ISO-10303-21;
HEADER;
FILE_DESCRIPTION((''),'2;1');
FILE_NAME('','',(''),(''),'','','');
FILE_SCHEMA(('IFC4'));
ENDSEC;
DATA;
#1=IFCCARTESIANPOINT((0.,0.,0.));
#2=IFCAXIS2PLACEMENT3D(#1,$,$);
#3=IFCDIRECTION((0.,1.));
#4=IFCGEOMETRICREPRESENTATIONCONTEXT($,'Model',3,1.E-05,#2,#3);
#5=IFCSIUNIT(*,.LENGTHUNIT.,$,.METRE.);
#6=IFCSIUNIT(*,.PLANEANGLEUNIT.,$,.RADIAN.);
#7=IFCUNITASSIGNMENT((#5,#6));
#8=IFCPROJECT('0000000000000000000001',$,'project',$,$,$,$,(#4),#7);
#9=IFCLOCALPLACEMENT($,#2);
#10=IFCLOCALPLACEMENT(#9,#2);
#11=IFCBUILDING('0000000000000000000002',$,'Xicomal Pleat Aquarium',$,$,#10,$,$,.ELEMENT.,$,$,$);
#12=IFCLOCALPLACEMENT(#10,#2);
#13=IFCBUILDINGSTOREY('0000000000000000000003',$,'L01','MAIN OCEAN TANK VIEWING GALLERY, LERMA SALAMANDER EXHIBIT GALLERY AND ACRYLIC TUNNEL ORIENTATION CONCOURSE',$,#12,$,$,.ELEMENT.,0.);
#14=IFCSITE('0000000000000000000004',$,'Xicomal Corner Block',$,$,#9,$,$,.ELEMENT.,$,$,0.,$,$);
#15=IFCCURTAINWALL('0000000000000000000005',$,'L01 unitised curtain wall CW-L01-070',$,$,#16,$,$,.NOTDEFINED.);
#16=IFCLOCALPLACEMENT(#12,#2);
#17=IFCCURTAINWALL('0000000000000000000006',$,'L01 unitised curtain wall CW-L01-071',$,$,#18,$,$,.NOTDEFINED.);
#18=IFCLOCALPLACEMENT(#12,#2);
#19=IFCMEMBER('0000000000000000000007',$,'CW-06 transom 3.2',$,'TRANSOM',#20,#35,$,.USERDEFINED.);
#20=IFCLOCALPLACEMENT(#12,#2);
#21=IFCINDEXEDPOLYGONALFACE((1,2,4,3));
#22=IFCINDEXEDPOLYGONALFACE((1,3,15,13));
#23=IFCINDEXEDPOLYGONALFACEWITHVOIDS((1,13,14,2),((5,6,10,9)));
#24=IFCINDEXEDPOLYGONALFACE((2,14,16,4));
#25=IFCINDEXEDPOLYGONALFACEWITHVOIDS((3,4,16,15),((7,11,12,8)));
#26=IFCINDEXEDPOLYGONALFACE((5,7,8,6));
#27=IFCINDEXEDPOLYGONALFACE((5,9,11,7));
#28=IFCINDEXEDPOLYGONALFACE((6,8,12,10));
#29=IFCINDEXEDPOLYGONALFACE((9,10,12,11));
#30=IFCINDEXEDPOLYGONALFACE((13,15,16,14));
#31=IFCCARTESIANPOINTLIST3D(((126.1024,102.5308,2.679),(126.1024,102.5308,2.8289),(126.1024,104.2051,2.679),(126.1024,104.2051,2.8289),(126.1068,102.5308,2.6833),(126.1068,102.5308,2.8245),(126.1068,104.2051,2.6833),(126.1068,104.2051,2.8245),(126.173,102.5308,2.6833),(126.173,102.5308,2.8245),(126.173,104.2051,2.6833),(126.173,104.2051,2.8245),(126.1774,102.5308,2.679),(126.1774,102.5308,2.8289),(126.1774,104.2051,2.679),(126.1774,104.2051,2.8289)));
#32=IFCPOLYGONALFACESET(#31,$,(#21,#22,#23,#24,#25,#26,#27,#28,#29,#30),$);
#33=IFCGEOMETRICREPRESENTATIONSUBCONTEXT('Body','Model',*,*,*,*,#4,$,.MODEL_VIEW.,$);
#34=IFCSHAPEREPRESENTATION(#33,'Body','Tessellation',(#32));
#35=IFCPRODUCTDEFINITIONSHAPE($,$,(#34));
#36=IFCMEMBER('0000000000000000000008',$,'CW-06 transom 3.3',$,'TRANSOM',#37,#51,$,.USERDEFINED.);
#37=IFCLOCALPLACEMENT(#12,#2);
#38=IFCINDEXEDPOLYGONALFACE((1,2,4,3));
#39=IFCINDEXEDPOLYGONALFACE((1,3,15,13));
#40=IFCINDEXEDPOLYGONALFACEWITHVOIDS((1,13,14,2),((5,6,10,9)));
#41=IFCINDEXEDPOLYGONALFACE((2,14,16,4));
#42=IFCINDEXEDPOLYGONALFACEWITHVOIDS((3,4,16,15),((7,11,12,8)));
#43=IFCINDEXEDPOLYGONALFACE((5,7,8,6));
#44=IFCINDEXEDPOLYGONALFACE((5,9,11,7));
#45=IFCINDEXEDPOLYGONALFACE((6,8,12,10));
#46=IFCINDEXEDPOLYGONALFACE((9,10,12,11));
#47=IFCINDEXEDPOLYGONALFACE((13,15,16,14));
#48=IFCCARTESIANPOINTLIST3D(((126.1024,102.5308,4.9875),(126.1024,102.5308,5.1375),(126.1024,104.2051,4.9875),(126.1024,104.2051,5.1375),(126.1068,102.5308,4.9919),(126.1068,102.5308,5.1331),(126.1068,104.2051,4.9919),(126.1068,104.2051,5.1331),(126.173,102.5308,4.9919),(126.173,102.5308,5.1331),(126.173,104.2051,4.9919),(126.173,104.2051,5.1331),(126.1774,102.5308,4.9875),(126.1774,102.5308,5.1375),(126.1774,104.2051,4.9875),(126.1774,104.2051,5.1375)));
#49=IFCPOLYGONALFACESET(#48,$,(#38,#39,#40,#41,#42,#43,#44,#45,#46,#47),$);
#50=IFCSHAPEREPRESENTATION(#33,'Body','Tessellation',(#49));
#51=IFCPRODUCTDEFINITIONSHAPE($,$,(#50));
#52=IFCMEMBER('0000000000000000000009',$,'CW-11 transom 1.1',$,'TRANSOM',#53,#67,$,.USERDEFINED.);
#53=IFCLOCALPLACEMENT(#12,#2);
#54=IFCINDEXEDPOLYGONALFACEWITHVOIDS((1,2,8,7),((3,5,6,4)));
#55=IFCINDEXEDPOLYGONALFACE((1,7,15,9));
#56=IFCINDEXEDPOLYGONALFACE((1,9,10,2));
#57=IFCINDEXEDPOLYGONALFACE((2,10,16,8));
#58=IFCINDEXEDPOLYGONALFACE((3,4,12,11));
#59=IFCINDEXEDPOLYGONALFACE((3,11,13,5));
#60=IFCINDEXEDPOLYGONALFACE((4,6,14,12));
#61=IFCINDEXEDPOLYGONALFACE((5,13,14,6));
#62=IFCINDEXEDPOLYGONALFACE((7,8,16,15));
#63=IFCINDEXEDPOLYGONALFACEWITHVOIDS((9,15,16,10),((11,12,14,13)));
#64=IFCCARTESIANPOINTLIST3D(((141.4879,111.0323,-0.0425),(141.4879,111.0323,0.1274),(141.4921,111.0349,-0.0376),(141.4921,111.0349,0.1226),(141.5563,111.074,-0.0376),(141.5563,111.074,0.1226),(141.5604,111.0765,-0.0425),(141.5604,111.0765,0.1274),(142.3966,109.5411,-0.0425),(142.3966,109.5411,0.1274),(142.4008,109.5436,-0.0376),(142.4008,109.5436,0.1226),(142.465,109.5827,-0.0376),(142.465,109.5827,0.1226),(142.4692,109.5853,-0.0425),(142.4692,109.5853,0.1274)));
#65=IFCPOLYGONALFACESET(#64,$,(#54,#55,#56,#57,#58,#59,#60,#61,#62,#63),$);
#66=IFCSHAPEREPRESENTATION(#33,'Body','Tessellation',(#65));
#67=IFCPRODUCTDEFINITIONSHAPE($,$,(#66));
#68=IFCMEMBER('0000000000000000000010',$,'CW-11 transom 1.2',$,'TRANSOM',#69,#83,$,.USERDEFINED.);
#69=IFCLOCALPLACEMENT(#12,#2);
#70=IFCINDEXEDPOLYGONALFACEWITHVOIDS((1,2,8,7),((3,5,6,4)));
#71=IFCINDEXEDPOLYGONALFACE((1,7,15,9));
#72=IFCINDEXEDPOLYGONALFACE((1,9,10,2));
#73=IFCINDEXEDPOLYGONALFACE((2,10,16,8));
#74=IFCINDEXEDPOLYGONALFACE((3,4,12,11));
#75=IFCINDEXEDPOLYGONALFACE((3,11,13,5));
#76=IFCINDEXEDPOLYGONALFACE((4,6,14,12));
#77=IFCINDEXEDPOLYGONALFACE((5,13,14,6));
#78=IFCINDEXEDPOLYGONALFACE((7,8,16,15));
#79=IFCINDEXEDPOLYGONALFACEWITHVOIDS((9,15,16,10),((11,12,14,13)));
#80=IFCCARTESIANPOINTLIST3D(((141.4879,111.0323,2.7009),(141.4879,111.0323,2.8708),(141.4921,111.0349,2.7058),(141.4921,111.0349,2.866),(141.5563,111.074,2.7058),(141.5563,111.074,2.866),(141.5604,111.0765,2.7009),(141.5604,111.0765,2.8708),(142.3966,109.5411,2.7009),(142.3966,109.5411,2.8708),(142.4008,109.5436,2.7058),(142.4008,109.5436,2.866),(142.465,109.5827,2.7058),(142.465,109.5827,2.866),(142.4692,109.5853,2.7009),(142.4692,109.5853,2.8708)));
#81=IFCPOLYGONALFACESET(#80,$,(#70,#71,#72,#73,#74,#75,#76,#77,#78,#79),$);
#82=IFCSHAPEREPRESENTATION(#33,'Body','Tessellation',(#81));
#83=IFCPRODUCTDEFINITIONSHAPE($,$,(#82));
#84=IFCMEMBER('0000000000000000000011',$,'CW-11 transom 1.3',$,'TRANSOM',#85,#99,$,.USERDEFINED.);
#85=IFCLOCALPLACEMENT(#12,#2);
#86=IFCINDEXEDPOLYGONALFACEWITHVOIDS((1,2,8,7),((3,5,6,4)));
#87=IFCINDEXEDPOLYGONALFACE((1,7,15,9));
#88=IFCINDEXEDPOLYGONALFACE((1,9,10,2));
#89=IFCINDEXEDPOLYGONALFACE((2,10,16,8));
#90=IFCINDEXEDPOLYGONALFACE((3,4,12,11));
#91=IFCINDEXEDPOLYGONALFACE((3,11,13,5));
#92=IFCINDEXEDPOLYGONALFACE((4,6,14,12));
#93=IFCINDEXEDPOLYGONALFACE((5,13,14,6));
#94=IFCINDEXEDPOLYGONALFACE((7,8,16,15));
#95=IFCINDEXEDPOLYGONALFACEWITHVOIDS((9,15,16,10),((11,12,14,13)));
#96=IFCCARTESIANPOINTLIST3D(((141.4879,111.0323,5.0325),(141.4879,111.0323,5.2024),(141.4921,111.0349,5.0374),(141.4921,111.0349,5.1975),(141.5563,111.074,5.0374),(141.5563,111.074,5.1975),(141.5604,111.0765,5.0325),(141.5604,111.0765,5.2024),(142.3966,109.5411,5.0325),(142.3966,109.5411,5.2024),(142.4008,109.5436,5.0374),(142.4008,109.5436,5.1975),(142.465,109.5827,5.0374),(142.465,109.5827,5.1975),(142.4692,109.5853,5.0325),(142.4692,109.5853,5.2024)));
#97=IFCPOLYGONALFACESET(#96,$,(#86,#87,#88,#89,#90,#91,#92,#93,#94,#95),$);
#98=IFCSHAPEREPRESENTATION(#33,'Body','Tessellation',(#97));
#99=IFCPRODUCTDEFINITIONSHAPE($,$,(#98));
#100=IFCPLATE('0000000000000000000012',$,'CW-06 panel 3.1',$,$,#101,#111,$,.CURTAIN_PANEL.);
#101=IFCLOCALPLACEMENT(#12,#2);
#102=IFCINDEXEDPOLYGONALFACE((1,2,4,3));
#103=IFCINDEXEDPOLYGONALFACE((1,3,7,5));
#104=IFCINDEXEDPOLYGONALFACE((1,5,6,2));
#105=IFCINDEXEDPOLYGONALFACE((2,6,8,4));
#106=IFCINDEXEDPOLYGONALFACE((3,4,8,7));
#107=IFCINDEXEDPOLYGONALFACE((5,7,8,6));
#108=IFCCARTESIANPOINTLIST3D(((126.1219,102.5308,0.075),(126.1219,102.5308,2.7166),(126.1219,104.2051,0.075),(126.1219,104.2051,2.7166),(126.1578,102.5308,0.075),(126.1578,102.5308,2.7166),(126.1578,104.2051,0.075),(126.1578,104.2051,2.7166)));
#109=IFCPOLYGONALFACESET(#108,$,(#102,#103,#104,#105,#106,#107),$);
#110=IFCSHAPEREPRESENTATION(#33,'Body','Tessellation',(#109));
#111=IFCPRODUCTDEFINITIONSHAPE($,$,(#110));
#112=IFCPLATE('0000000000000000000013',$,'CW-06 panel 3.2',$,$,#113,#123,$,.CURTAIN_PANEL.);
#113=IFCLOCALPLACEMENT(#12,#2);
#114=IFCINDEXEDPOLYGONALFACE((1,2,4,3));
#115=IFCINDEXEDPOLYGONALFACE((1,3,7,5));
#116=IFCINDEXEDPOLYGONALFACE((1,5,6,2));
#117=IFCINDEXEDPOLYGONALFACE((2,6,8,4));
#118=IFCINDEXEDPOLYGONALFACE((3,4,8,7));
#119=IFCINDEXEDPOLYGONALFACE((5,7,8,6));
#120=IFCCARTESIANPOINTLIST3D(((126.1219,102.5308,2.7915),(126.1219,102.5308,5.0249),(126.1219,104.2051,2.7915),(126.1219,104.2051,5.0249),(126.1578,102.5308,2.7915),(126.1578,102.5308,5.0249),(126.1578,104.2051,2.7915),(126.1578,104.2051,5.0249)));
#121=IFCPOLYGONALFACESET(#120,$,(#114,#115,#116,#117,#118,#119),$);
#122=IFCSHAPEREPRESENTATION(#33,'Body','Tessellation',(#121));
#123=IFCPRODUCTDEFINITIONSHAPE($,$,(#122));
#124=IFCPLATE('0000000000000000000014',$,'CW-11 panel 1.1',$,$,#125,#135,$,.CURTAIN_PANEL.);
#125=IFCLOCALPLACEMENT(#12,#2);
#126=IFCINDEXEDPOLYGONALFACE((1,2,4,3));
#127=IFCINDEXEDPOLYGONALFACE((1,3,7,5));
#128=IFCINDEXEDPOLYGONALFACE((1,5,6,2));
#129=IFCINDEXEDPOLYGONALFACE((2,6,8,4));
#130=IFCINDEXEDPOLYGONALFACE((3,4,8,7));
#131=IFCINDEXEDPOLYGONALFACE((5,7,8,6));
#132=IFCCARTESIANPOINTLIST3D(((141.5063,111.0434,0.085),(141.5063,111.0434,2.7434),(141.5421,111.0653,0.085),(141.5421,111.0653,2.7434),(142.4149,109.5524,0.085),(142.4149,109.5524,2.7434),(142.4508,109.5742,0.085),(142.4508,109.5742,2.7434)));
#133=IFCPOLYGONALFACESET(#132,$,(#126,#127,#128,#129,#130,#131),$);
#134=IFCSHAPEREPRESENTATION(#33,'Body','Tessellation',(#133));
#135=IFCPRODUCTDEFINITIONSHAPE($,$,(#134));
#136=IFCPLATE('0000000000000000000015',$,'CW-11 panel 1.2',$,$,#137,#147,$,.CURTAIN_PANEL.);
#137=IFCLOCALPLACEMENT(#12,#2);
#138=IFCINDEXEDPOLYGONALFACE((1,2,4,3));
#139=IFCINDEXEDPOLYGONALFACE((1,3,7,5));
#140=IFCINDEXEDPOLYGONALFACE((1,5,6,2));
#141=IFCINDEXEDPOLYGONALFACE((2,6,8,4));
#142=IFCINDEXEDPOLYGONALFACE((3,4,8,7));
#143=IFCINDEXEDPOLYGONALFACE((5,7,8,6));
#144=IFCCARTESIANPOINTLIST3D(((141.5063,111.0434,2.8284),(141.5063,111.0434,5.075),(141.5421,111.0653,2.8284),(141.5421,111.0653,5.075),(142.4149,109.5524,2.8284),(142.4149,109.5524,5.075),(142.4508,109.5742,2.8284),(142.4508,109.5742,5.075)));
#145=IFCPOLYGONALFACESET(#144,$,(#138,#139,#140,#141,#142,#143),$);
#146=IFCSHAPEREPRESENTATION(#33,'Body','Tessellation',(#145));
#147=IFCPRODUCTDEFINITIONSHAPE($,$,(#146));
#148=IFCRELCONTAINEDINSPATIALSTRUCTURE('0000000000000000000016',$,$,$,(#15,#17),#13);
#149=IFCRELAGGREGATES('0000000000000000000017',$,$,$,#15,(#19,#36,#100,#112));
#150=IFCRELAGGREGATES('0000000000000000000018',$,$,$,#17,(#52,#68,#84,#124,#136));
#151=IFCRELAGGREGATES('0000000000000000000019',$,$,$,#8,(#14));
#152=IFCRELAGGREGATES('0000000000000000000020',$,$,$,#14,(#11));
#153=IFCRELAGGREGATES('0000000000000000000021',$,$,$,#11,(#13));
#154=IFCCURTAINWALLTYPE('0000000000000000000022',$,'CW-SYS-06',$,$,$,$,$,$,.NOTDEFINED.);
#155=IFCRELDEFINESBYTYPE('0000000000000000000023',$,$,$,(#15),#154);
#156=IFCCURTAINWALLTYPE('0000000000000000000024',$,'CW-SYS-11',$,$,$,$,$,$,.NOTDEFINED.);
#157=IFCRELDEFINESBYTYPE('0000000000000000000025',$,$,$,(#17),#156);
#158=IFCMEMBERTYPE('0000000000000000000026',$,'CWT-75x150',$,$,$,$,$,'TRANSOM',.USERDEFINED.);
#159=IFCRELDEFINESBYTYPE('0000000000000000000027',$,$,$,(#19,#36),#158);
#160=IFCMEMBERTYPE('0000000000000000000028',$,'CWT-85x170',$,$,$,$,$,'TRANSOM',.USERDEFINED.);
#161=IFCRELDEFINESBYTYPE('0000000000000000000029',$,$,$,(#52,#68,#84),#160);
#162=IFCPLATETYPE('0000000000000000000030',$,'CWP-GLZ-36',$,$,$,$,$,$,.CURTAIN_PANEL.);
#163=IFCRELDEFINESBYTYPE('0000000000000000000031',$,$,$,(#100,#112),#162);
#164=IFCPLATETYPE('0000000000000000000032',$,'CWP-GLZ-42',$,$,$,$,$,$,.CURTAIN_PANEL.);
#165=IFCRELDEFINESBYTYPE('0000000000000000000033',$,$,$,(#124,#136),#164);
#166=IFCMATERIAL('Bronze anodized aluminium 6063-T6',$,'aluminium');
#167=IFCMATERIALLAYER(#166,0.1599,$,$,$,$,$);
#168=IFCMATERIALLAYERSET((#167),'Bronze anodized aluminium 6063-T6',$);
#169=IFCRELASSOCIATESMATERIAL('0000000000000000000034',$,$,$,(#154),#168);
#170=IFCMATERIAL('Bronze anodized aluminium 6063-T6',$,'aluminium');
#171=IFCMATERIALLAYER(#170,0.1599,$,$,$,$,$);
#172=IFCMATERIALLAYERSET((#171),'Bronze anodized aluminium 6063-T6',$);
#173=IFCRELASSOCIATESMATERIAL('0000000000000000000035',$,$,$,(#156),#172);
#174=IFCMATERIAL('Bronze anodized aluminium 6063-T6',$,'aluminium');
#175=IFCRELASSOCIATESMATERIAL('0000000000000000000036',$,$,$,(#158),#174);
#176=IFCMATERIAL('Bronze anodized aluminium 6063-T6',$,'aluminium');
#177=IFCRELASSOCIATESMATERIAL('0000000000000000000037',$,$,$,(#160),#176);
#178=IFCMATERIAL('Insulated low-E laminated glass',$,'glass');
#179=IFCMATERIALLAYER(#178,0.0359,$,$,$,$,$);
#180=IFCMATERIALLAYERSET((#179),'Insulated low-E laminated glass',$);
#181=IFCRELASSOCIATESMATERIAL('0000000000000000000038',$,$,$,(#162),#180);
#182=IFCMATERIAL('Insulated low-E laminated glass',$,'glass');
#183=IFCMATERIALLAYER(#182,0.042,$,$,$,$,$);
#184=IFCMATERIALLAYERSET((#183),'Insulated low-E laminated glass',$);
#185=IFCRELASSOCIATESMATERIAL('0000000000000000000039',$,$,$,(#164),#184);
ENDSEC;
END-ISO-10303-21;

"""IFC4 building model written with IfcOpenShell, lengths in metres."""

from ifc_helpers import new_model, si_unit, direction, frame, origin, origin_2d, place, context, subcontext, project, spatial, rectangle, hollow_rectangle, extrude, material, layer, layer_set, material_profile, profile_set, type_object, element, aggregate, save


model = new_model("IFC4")

# Units and contexts
model_context = context("Model", 3, precision=1e-05, world=origin(), true_north=direction((0.0, 1.0)))
body_context = subcontext(model_context, "Body", "Model", "MODEL_VIEW")
ifc_project = project(units=[si_unit("LENGTHUNIT", "METRE"), si_unit("PLANEANGLEUNIT", "RADIAN")], contexts=[model_context])

# Site, building, storey
site_placement = place(None, origin())
site = spatial("IfcSite", under=ifc_project, at=site_placement, Name="Xicomal Corner Block", CompositionType="ELEMENT", RefElevation=0.0)
building_placement = place(site_placement, origin())
building = spatial("IfcBuilding", under=site, at=building_placement, Name="Xicomal Pleat Aquarium", CompositionType="ELEMENT")
storey_placement = place(building_placement, origin())
storey = spatial("IfcBuildingStorey", under=building, at=storey_placement, Name="L01", Description="MAIN OCEAN TANK VIEWING GALLERY, LERMA SALAMANDER EXHIBIT GALLERY AND ACRYLIC TUNNEL ORIENTATION CONCOURSE", CompositionType="ELEMENT", Elevation=0.0)

# Curtain walls
ifc_material_1 = material(Name="Bronze anodized aluminium 6063-T6", Category="aluminium")
ifc_layer_1 = layer(ifc_material_1, 0.1599)
ifc_layer_set_1 = layer_set([ifc_layer_1], Name="Bronze anodized aluminium 6063-T6")
curtain_wall_type_1 = type_object("IfcCurtainWallType", Name="CW-SYS-06", PredefinedType="NOTDEFINED", material=ifc_layer_set_1)
curtain_wall_1_placement = place(storey_placement, origin())
curtain_wall_1 = element("IfcCurtainWall", 1, at=curtain_wall_1_placement, inside=storey, type_object=curtain_wall_type_1, Name="L01 unitised curtain wall CW-L01-070", PredefinedType="NOTDEFINED")
ifc_material_2 = material(Name="Bronze anodized aluminium 6063-T6", Category="aluminium")
ifc_layer_2 = layer(ifc_material_2, 0.1599)
ifc_layer_set_2 = layer_set([ifc_layer_2], Name="Bronze anodized aluminium 6063-T6")
curtain_wall_type_2 = type_object("IfcCurtainWallType", Name="CW-SYS-11", PredefinedType="NOTDEFINED", material=ifc_layer_set_2)
curtain_wall_2_placement = place(storey_placement, origin())
curtain_wall_2 = element("IfcCurtainWall", 2, at=curtain_wall_2_placement, inside=storey, type_object=curtain_wall_type_2, Name="L01 unitised curtain wall CW-L01-071", PredefinedType="NOTDEFINED")

# Members
ifc_material_3 = material(Name="Bronze anodized aluminium 6063-T6", Category="aluminium")
ifc_material_profile_1 = material_profile(ifc_material_3, hollow_rectangle(XDim=0.075, YDim=0.1499, WallThickness=0.0044, at=origin_2d()), Name="ALU TRAN 75x150")
ifc_profile_set_1 = profile_set([ifc_material_profile_1], Name="Bronze anodized aluminium 6063-T6")
member_type_1 = type_object("IfcMemberType", Name="CWT-75x150", ElementType="TRANSOM", PredefinedType="USERDEFINED", material=ifc_profile_set_1)
member_1_placement = place(storey_placement, frame((126.1399, 102.5308, 2.7539), z_axis=(0.0, 1.0, 0.0), x_axis=(-1.0, 0.0, 0.0)))
member_1 = element("IfcMember", 3, at=member_1_placement, type_object=member_type_1, Name="CW-06 transom 3.2", ObjectType="TRANSOM", PredefinedType="USERDEFINED", context=body_context, shape_type="SweptSolid", body=[
    extrude(hollow_rectangle(XDim=0.075, YDim=0.1499, WallThickness=0.0044, at=origin_2d()), origin(), (0.0, 0.0, 1.0), 1.6743),
])
member_2_placement = place(storey_placement, frame((126.1399, 102.5308, 5.0625), z_axis=(0.0, 1.0, 0.0), x_axis=(-1.0, 0.0, 0.0)))
member_2 = element("IfcMember", 4, at=member_2_placement, type_object=member_type_1, Name="CW-06 transom 3.3", ObjectType="TRANSOM", PredefinedType="USERDEFINED", context=body_context, shape_type="SweptSolid", body=[
    extrude(hollow_rectangle(XDim=0.075, YDim=0.1499, WallThickness=0.0044, at=origin_2d()), origin(), (0.0, 0.0, 1.0), 1.6743),
])
ifc_material_4 = material(Name="Bronze anodized aluminium 6063-T6", Category="aluminium")
ifc_material_profile_2 = material_profile(ifc_material_4, hollow_rectangle(XDim=0.085, YDim=0.1699, WallThickness=0.0049, at=origin_2d()), Name="ALU TRAN 85x170")
ifc_profile_set_2 = profile_set([ifc_material_profile_2], Name="Bronze anodized aluminium 6063-T6")
member_type_2 = type_object("IfcMemberType", Name="CWT-85x170", ElementType="TRANSOM", PredefinedType="USERDEFINED", material=ifc_profile_set_2)
member_3_placement = place(storey_placement, frame((141.5242, 111.0544, 0.0425), z_axis=(0.520364, -0.853945, 0.0), x_axis=(0.853945, 0.520364, 0.0)))
member_3 = element("IfcMember", 5, at=member_3_placement, type_object=member_type_2, Name="CW-11 transom 1.1", ObjectType="TRANSOM", PredefinedType="USERDEFINED", context=body_context, shape_type="SweptSolid", body=[
    extrude(hollow_rectangle(XDim=0.085, YDim=0.1699, WallThickness=0.0049, at=origin_2d()), origin(), (0.0, 0.0, 1.0), 1.7463),
])
member_4_placement = place(storey_placement, frame((141.5242, 111.0544, 2.7859), z_axis=(0.520364, -0.853945, 0.0), x_axis=(0.853945, 0.520364, 0.0)))
member_4 = element("IfcMember", 6, at=member_4_placement, type_object=member_type_2, Name="CW-11 transom 1.2", ObjectType="TRANSOM", PredefinedType="USERDEFINED", context=body_context, shape_type="SweptSolid", body=[
    extrude(hollow_rectangle(XDim=0.085, YDim=0.1699, WallThickness=0.0049, at=origin_2d()), origin(), (0.0, 0.0, 1.0), 1.7463),
])
member_5_placement = place(storey_placement, frame((141.5242, 111.0544, 5.1174), z_axis=(0.520364, -0.853945, 0.0), x_axis=(0.853945, 0.520364, 0.0)))
member_5 = element("IfcMember", 7, at=member_5_placement, type_object=member_type_2, Name="CW-11 transom 1.3", ObjectType="TRANSOM", PredefinedType="USERDEFINED", context=body_context, shape_type="SweptSolid", body=[
    extrude(hollow_rectangle(XDim=0.085, YDim=0.1699, WallThickness=0.0049, at=origin_2d()), origin(), (0.0, 0.0, 1.0), 1.7463),
])

# Plates
ifc_material_5 = material(Name="Insulated low-E laminated glass", Category="glass")
ifc_layer_3 = layer(ifc_material_5, 0.0359)
ifc_layer_set_3 = layer_set([ifc_layer_3], Name="Insulated low-E laminated glass")
plate_type_1 = type_object("IfcPlateType", Name="CWP-GLZ-36", PredefinedType="CURTAIN_PANEL", material=ifc_layer_set_3)
plate_1_placement = place(storey_placement, frame((126.1399, 103.3679, 0.075), z_axis=(0.0, 0.0, 1.0), x_axis=(0.0, 1.0, 0.0)))
plate_1 = element("IfcPlate", 8, at=plate_1_placement, type_object=plate_type_1, Name="CW-06 panel 3.1", PredefinedType="CURTAIN_PANEL", context=body_context, shape_type="SweptSolid", body=[
    extrude(rectangle(XDim=1.6743, YDim=0.0359, at=origin_2d()), origin(), (0.0, 0.0, 1.0), 2.6416),
])
plate_2_placement = place(storey_placement, frame((126.1399, 103.3679, 2.7915), z_axis=(0.0, 0.0, 1.0), x_axis=(0.0, 1.0, 0.0)))
plate_2 = element("IfcPlate", 9, at=plate_2_placement, type_object=plate_type_1, Name="CW-06 panel 3.2", PredefinedType="CURTAIN_PANEL", context=body_context, shape_type="SweptSolid", body=[
    extrude(rectangle(XDim=1.6743, YDim=0.0359, at=origin_2d()), origin(), (0.0, 0.0, 1.0), 2.2334),
])
aggregate(curtain_wall_1, [member_1, member_2, plate_1, plate_2])
ifc_material_6 = material(Name="Insulated low-E laminated glass", Category="glass")
ifc_layer_4 = layer(ifc_material_6, 0.042)
ifc_layer_set_4 = layer_set([ifc_layer_4], Name="Insulated low-E laminated glass")
plate_type_2 = type_object("IfcPlateType", Name="CWP-GLZ-42", PredefinedType="CURTAIN_PANEL", material=ifc_layer_set_4)
plate_3_placement = place(storey_placement, frame((141.9785, 110.3088, 0.085), z_axis=(0.0, 0.0, 1.0), x_axis=(0.52037, -0.853941, 0.0)))
plate_3 = element("IfcPlate", 10, at=plate_3_placement, type_object=plate_type_2, Name="CW-11 panel 1.1", PredefinedType="CURTAIN_PANEL", context=body_context, shape_type="SweptSolid", body=[
    extrude(rectangle(XDim=1.7461, YDim=0.042, at=origin_2d()), origin(), (0.0, 0.0, 1.0), 2.6584),
])
plate_4_placement = place(storey_placement, frame((141.9785, 110.3088, 2.8284), z_axis=(0.0, 0.0, 1.0), x_axis=(0.52037, -0.853941, 0.0)))
plate_4 = element("IfcPlate", 11, at=plate_4_placement, type_object=plate_type_2, Name="CW-11 panel 1.2", PredefinedType="CURTAIN_PANEL", context=body_context, shape_type="SweptSolid", body=[
    extrude(rectangle(XDim=1.7461, YDim=0.042, at=origin_2d()), origin(), (0.0, 0.0, 1.0), 2.2466),
])
aggregate(curtain_wall_2, [member_3, member_4, member_5, plate_3, plate_4])

save(model, "model.ifc")
